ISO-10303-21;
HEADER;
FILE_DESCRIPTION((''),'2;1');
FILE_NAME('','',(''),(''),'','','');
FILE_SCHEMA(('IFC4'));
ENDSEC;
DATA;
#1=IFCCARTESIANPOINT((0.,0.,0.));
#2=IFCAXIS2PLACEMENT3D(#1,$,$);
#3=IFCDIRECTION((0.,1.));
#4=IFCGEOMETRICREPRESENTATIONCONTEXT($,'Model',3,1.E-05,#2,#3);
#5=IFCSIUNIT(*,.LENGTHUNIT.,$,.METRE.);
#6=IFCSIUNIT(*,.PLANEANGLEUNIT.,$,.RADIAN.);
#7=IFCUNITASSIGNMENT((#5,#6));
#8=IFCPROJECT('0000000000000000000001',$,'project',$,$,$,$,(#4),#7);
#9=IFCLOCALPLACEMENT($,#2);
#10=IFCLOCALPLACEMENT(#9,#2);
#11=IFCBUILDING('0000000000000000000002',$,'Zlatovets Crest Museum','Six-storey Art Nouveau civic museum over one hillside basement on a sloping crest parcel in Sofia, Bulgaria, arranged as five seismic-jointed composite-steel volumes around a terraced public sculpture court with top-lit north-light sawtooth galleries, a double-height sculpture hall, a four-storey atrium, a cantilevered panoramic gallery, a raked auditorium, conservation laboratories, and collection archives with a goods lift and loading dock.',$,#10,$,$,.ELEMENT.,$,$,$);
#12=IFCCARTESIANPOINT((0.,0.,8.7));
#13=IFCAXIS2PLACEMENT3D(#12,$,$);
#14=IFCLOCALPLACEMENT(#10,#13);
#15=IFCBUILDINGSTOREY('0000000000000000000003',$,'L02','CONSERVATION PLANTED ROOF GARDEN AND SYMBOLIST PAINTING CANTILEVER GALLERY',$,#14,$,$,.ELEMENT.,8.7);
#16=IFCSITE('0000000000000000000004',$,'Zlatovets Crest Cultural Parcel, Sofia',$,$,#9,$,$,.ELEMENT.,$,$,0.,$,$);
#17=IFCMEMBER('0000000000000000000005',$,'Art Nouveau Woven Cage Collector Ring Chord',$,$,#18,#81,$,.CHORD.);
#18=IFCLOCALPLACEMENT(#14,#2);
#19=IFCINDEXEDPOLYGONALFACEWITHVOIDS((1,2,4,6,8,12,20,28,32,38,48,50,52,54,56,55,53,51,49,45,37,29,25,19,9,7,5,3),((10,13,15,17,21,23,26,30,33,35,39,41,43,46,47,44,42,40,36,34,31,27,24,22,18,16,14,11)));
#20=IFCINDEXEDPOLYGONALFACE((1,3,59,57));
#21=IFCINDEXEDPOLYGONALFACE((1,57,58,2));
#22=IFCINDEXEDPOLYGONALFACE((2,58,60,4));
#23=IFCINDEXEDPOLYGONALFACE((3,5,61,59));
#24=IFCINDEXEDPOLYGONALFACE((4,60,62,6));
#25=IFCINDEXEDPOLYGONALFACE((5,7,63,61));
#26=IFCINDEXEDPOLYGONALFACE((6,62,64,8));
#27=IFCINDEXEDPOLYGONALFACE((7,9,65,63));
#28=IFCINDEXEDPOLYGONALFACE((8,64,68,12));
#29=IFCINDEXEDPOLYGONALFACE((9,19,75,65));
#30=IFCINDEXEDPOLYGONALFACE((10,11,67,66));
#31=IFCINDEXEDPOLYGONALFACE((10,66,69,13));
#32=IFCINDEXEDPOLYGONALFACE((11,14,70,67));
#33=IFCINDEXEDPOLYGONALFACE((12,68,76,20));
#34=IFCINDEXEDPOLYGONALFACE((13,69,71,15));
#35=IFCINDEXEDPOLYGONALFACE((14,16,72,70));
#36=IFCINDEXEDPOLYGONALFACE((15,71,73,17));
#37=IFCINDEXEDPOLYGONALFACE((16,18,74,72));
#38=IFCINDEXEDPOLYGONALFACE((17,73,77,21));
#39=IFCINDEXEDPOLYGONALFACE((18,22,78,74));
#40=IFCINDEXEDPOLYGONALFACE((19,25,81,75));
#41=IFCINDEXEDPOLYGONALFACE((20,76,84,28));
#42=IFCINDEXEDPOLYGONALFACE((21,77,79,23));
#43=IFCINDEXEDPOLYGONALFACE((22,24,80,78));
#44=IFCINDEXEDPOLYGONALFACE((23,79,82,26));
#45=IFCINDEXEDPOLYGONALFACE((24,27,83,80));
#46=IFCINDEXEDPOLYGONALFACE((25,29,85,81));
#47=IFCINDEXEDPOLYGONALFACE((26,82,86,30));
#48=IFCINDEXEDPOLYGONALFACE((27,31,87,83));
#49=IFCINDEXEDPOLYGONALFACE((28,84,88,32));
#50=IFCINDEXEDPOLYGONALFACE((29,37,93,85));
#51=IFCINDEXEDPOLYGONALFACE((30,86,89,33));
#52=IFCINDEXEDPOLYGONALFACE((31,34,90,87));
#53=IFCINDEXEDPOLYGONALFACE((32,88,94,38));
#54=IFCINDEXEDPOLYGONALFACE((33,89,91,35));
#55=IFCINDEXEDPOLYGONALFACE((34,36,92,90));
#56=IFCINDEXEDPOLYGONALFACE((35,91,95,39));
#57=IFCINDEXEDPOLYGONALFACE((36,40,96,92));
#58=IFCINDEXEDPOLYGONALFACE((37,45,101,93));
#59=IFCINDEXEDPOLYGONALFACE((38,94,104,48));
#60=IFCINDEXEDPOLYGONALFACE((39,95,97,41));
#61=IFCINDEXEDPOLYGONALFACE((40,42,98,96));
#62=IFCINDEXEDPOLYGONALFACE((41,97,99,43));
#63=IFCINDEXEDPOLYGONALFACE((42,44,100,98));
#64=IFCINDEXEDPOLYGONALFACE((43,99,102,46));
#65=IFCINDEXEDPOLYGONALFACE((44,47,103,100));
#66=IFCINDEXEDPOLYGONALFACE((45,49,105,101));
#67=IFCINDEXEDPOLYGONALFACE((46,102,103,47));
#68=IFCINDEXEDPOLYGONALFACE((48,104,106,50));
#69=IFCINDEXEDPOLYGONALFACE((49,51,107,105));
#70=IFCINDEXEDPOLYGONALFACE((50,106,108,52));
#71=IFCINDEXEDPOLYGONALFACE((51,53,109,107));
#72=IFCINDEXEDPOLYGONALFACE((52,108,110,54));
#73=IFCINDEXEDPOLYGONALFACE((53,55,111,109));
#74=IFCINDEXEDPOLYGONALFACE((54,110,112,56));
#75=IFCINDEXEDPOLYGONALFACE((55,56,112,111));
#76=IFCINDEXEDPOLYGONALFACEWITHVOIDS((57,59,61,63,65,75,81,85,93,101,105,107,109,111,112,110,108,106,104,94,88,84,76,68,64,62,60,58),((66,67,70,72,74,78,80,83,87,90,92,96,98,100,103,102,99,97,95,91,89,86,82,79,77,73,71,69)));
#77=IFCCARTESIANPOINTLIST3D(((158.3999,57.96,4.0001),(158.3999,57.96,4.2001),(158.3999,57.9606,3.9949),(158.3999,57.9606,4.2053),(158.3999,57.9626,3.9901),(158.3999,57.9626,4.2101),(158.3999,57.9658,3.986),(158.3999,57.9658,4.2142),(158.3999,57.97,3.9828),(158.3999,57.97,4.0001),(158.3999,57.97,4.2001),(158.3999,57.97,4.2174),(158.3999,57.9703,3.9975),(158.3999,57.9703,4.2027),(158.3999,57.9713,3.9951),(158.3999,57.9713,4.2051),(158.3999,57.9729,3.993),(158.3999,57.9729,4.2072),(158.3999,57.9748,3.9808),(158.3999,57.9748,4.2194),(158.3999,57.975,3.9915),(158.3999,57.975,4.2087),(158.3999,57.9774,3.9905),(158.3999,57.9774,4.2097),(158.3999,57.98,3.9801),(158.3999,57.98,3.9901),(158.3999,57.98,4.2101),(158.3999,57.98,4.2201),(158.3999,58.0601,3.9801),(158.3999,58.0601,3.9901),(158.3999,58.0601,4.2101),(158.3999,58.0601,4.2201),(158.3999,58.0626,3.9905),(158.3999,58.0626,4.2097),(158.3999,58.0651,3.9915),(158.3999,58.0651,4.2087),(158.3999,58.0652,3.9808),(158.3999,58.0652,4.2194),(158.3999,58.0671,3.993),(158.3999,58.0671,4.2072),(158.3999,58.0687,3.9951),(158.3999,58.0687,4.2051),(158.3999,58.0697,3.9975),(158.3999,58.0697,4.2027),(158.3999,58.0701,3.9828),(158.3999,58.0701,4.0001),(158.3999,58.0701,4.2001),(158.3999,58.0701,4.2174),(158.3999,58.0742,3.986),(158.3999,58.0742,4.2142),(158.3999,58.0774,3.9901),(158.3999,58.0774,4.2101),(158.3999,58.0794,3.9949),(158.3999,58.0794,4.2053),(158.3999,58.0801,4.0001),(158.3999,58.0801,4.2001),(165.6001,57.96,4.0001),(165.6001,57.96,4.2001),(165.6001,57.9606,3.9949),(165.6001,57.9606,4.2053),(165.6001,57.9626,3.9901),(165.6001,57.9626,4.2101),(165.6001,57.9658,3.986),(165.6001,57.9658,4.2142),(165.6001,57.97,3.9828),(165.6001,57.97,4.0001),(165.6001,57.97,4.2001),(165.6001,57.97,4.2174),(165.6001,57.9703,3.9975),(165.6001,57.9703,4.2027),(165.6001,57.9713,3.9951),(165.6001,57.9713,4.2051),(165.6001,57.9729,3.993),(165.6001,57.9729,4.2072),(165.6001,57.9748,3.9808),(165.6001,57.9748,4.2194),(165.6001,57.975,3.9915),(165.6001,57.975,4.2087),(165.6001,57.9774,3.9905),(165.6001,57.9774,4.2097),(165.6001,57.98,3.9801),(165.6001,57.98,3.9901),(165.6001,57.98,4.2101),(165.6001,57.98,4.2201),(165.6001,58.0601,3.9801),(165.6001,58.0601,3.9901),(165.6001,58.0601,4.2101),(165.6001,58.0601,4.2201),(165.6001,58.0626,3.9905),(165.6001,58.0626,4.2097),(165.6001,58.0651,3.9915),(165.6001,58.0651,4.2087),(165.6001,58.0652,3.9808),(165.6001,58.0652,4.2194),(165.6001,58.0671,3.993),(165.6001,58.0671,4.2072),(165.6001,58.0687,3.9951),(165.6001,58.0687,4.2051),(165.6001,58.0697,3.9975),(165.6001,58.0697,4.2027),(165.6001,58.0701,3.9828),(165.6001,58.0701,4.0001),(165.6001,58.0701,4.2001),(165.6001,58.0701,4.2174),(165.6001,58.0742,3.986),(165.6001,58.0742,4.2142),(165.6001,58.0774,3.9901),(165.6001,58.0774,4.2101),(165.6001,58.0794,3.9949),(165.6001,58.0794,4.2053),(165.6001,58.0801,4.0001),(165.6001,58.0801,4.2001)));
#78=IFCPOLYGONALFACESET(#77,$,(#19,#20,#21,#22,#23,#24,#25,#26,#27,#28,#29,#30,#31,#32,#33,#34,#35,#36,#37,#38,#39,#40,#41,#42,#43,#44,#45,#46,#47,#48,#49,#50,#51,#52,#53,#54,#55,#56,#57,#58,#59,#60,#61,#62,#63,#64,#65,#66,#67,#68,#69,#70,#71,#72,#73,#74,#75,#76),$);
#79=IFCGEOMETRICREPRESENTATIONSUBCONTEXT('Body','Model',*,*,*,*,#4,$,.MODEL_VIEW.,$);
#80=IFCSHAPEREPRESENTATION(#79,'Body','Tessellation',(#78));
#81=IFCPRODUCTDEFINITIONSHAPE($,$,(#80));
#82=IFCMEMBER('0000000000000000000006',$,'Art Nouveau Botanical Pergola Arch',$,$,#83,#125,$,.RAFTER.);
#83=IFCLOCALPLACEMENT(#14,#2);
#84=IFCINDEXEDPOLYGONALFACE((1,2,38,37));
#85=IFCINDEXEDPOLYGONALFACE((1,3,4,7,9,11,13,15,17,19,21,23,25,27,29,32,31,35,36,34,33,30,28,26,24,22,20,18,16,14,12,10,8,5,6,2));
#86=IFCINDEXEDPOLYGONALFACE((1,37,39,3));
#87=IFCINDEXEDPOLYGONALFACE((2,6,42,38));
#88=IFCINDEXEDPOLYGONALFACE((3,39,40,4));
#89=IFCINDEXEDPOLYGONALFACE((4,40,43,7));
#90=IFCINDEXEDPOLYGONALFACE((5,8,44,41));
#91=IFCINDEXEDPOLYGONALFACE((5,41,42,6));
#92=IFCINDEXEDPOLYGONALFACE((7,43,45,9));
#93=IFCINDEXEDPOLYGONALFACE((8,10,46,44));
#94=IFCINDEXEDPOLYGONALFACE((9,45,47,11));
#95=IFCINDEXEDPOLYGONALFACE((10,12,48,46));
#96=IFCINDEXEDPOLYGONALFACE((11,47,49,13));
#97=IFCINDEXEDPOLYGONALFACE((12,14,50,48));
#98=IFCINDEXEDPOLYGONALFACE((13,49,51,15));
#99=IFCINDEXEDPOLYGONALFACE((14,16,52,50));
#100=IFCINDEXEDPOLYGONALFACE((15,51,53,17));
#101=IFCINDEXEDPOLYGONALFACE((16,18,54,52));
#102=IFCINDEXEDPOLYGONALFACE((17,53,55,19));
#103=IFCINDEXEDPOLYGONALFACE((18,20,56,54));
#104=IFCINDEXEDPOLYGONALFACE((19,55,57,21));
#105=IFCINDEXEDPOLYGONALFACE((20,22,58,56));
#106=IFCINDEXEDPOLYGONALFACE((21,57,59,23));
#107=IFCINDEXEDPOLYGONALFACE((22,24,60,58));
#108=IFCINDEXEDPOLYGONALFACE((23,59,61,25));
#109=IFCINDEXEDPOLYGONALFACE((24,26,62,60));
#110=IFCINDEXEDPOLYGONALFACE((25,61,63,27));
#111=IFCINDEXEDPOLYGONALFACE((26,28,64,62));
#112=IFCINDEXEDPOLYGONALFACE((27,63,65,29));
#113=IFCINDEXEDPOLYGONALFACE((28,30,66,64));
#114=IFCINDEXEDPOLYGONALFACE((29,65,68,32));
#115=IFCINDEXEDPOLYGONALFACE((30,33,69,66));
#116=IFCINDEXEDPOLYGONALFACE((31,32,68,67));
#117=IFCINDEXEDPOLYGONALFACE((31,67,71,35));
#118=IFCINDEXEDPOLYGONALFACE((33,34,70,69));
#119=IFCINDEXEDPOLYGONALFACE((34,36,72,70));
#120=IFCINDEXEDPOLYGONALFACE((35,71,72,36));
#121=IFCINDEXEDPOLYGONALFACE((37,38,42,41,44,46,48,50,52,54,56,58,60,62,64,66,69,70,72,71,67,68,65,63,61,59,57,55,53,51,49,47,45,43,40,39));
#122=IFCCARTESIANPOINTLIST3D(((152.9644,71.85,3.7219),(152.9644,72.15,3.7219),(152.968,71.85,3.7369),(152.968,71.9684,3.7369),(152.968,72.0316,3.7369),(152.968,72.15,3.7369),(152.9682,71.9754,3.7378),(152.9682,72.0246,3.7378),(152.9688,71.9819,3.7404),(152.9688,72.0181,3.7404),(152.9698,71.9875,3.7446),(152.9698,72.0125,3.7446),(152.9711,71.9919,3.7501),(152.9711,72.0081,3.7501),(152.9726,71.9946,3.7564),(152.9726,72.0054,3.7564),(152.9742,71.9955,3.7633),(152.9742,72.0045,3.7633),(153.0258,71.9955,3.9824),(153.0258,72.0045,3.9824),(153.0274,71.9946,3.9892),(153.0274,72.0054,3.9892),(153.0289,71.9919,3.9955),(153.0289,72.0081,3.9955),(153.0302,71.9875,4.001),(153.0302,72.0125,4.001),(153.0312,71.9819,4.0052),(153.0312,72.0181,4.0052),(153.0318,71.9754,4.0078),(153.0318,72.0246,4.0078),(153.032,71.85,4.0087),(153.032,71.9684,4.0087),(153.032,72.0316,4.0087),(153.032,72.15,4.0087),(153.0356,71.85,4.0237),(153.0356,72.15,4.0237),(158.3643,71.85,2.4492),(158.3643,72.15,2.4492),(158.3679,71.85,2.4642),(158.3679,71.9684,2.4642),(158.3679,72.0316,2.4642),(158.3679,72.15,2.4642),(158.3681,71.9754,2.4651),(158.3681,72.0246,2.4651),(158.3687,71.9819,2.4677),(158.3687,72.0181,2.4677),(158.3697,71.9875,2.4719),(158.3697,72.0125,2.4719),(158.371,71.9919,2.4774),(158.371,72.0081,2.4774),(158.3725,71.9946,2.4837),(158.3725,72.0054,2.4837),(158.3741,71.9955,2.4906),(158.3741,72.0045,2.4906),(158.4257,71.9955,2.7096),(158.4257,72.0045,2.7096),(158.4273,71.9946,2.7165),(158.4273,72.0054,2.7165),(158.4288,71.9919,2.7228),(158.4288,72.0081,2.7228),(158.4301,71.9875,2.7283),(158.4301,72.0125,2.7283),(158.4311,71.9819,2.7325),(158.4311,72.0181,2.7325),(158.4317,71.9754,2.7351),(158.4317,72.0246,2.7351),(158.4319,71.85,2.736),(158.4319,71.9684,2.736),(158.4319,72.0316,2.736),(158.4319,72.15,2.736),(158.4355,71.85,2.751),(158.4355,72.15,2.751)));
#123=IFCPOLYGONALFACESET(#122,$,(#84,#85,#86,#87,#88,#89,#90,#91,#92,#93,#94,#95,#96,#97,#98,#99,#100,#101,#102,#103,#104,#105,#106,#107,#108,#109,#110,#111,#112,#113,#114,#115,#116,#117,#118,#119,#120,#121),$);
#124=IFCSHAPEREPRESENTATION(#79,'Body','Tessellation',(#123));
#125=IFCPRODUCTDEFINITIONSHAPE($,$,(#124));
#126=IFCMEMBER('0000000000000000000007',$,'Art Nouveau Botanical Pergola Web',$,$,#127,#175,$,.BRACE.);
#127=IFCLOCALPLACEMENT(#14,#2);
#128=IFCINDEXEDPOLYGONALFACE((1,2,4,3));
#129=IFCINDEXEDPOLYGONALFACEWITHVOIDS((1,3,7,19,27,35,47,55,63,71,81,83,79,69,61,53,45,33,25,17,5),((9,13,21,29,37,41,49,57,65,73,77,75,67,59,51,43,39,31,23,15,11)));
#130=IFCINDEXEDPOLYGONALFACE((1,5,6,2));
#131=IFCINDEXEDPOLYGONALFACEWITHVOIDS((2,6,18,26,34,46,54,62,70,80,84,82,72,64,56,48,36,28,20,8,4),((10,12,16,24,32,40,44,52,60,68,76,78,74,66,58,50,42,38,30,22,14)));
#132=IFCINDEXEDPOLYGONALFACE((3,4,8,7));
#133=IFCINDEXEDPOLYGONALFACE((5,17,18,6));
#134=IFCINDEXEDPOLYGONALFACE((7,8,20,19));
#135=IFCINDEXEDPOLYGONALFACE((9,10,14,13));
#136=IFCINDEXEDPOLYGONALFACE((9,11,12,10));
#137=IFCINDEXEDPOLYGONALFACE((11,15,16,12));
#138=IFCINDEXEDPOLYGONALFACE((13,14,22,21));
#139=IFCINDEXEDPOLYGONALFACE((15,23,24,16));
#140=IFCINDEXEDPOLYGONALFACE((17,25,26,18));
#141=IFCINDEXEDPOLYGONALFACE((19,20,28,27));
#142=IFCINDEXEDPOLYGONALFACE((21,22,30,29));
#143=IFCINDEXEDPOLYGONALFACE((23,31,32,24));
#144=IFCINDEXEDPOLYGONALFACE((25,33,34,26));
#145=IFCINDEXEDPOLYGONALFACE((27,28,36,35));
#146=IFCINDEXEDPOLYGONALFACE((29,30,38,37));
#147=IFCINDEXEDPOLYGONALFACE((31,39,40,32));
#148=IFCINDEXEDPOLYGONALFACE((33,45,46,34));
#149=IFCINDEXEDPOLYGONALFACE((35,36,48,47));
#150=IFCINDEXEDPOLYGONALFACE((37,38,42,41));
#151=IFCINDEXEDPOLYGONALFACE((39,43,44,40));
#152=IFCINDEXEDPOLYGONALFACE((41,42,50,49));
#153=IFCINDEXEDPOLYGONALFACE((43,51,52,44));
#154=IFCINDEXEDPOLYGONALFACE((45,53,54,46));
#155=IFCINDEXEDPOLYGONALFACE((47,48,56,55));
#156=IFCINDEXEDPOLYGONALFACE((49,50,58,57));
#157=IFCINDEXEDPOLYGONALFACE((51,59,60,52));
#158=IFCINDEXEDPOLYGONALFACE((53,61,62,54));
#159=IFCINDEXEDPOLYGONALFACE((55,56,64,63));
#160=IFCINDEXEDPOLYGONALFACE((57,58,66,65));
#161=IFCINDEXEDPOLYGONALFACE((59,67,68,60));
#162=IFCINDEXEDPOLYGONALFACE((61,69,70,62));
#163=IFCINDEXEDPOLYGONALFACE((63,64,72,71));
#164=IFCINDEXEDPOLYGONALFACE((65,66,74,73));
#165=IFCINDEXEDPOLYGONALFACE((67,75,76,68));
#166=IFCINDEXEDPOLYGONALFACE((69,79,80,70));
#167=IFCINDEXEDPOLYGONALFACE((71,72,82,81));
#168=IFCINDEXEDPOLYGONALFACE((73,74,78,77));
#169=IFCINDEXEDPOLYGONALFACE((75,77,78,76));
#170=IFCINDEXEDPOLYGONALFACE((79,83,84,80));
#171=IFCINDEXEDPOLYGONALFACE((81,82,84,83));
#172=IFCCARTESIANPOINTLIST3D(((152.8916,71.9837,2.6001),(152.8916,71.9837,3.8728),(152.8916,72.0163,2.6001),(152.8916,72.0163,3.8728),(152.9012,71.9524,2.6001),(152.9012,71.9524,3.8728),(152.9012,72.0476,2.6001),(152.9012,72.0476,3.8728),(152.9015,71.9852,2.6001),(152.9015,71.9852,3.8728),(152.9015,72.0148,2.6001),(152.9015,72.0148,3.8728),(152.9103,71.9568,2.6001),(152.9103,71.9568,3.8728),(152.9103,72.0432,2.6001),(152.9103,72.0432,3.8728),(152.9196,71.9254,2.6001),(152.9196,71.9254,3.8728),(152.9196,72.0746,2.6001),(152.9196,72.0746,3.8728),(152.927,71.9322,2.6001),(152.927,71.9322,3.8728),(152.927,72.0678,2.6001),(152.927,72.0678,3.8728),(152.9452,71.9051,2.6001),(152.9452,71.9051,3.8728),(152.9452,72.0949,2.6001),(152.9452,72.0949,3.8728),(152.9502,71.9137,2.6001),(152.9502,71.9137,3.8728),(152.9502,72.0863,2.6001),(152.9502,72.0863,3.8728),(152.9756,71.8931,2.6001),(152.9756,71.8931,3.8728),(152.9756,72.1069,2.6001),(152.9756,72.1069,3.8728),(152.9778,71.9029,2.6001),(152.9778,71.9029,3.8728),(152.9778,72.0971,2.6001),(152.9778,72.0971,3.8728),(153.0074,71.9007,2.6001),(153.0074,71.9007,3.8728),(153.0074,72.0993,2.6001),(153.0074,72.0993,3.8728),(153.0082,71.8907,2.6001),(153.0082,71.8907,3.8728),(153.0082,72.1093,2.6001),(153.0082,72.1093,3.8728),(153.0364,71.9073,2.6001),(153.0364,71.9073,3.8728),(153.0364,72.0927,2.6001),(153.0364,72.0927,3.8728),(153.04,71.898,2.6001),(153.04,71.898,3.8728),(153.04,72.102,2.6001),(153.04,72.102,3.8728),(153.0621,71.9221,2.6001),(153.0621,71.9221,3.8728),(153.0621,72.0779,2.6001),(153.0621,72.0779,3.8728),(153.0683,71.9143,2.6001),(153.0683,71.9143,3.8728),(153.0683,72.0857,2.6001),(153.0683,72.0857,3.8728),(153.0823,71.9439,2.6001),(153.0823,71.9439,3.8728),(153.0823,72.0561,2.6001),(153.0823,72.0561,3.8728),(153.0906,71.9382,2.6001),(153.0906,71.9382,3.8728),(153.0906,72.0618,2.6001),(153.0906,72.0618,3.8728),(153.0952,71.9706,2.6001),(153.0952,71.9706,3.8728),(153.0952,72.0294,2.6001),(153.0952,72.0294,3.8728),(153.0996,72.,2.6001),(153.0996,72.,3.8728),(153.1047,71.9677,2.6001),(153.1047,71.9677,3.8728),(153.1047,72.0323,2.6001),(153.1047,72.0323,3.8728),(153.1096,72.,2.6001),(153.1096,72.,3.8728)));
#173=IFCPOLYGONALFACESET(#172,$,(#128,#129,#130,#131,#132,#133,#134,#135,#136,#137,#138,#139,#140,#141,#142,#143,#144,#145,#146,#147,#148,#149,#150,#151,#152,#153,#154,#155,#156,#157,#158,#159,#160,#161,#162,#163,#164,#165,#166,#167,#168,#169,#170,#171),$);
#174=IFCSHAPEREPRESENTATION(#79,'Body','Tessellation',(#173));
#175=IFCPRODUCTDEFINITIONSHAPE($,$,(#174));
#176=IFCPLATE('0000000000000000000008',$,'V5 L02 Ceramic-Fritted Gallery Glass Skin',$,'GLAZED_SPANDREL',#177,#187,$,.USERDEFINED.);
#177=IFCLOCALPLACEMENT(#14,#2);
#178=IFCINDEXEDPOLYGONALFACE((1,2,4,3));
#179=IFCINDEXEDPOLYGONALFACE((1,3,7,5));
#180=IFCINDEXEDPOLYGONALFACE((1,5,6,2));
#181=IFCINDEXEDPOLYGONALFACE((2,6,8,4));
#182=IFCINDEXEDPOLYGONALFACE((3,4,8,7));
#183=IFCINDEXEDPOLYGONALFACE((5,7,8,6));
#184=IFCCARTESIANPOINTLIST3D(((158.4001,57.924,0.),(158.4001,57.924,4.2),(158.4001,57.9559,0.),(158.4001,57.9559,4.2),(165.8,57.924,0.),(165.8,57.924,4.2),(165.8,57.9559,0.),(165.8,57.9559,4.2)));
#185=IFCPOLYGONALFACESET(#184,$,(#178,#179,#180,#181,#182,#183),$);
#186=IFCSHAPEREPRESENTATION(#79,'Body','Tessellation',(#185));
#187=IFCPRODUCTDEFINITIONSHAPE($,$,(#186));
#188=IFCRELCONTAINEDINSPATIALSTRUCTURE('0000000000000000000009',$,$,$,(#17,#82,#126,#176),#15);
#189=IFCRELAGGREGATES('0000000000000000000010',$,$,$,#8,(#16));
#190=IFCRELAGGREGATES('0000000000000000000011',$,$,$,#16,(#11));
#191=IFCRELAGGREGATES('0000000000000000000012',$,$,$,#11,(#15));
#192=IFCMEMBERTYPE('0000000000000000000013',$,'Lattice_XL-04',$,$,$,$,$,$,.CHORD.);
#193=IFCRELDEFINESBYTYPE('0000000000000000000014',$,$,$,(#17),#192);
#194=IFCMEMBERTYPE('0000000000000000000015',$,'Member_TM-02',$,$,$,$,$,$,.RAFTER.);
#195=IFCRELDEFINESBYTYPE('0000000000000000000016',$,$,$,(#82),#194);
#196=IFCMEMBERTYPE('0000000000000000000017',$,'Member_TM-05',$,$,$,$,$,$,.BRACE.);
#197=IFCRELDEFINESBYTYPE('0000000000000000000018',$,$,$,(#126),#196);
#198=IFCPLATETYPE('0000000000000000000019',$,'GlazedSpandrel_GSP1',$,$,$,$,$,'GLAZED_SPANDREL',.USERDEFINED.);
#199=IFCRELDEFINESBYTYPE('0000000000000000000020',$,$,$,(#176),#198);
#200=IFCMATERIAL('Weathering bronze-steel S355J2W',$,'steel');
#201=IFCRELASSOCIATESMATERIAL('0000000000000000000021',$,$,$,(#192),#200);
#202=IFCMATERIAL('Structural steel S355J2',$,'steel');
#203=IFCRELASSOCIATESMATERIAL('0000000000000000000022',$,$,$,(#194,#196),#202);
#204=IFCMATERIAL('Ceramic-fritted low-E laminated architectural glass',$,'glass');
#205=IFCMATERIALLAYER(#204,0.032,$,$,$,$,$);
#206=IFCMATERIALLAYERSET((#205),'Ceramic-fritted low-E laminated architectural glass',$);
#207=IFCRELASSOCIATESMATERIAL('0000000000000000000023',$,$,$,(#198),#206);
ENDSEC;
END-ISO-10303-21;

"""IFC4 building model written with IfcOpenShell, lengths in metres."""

from ifc_helpers import new_model, si_unit, direction, frame, origin, origin_2d, place, context, subcontext, project, spatial, rectangle, hollow_rectangle, hollow_circle, i_section, extrude, material, layer, layer_set, material_profile, profile_set, type_object, element, save


model = new_model("IFC4")

# Units and contexts
model_context = context("Model", 3, precision=1e-05, world=origin(), true_north=direction((0.0, 1.0)))
body_context = subcontext(model_context, "Body", "Model", "MODEL_VIEW")
ifc_project = project(units=[si_unit("LENGTHUNIT", "METRE"), si_unit("PLANEANGLEUNIT", "RADIAN")], contexts=[model_context])

# Site, building, storey
site_placement = place(None, origin())
site = spatial("IfcSite", under=ifc_project, at=site_placement, Name="Zlatovets Crest Cultural Parcel, Sofia", CompositionType="ELEMENT", RefElevation=0.0)
building_placement = place(site_placement, origin())
building = spatial("IfcBuilding", under=site, at=building_placement, Name="Zlatovets Crest Museum", Description="Six-storey Art Nouveau civic museum over one hillside basement on a sloping crest parcel in Sofia, Bulgaria, arranged as five seismic-jointed composite-steel volumes around a terraced public sculpture court with top-lit north-light sawtooth galleries, a double-height sculpture hall, a four-storey atrium, a cantilevered panoramic gallery, a raked auditorium, conservation laboratories, and collection archives with a goods lift and loading dock.", CompositionType="ELEMENT")
storey_placement = place(building_placement, frame((0.0, 0.0, 8.7)))
storey = spatial("IfcBuildingStorey", under=building, at=storey_placement, Name="L02", Description="CONSERVATION PLANTED ROOF GARDEN AND SYMBOLIST PAINTING CANTILEVER GALLERY", CompositionType="ELEMENT", Elevation=8.7)

# Shared definitions
ifc_material_1 = material(Name="Structural steel S355J2", Category="steel")

# Members
ifc_material_2 = material(Name="Weathering bronze-steel S355J2W", Category="steel")
ifc_material_profile_1 = material_profile(ifc_material_2, hollow_rectangle(XDim=0.1201, YDim=0.24, WallThickness=0.01, InnerFilletRadius=0.01, OuterFilletRadius=0.02, at=origin_2d()), Name="RHS 120x240x10.0")
ifc_profile_set_1 = profile_set([ifc_material_profile_1], Name="Weathering bronze-steel S355J2W")
member_type_1 = type_object("IfcMemberType", Name="Lattice_XL-04", PredefinedType="CHORD", material=ifc_profile_set_1)
member_1_placement = place(storey_placement, frame((165.6001, 58.02, 4.1001), z_axis=(-1.0, 0.0, 0.0), x_axis=(0.0, -1.0, 0.0)))
element("IfcMember", 1, at=member_1_placement, inside=storey, type_object=member_type_1, Name="Art Nouveau Woven Cage Collector Ring Chord", PredefinedType="CHORD", context=body_context, shape_type="SweptSolid", body=[
    extrude(hollow_rectangle(XDim=0.1201, YDim=0.24, WallThickness=0.01, InnerFilletRadius=0.01, OuterFilletRadius=0.02, at=origin_2d()), origin(), (0.0, 0.0, 1.0), 7.2002),
])
ifc_material_profile_2 = material_profile(ifc_material_1, i_section(OverallWidth=0.3, OverallDepth=0.3101, WebThickness=0.009, FlangeThickness=0.0154, FilletRadius=0.0271, at=origin_2d()), Name="HEA 320")
ifc_profile_set_2 = profile_set([ifc_material_profile_2], Name="Structural steel S355J2")
member_type_2 = type_object("IfcMemberType", Name="Member_TM-02", PredefinedType="RAFTER", material=ifc_profile_set_2)
member_2_placement = place(storey_placement, frame((153.0, 72.0, 3.8728), z_axis=(0.973331, 0.0, -0.229405), x_axis=(0.0, 1.0, 0.0)))
element("IfcMember", 2, at=member_2_placement, inside=storey, type_object=member_type_2, Name="Art Nouveau Botanical Pergola Arch", PredefinedType="RAFTER", context=body_context, shape_type="SweptSolid", body=[
    extrude(i_section(OverallWidth=0.3, OverallDepth=0.3101, WebThickness=0.009, FlangeThickness=0.0154, FilletRadius=0.0271, at=origin_2d()), origin(), (0.0, 0.0, 1.0), 5.5479),
])
ifc_material_profile_3 = material_profile(ifc_material_1, hollow_circle(Radius=0.1096, WallThickness=0.01, at=origin_2d()), Name="CHS 219.1x10.0")
ifc_profile_set_3 = profile_set([ifc_material_profile_3], Name="Structural steel S355J2")
member_type_3 = type_object("IfcMemberType", Name="Member_TM-05", PredefinedType="BRACE", material=ifc_profile_set_3)
member_3_placement = place(storey_placement, frame((153.0, 72.0, 2.6001), z_axis=(0.0, 0.0, 1.0), x_axis=(1.0, 0.0, 0.0)))
element("IfcMember", 3, at=member_3_placement, inside=storey, type_object=member_type_3, Name="Art Nouveau Botanical Pergola Web", PredefinedType="BRACE", context=body_context, shape_type="SweptSolid", body=[
    extrude(hollow_circle(Radius=0.1096, WallThickness=0.01, at=origin_2d()), origin(), (0.0, 0.0, 1.0), 1.2727),
])

# Plate
ifc_material_3 = material(Name="Ceramic-fritted low-E laminated architectural glass", Category="glass")
ifc_layer_1 = layer(ifc_material_3, 0.032)
ifc_layer_set_1 = layer_set([ifc_layer_1], Name="Ceramic-fritted low-E laminated architectural glass")
plate_type_1 = type_object("IfcPlateType", Name="GlazedSpandrel_GSP1", ElementType="GLAZED_SPANDREL", PredefinedType="USERDEFINED", material=ifc_layer_set_1)
plate_placement = place(storey_placement, frame((162.1001, 57.9399, 0.0), z_axis=(0.0, 0.0, 1.0), x_axis=(1.0, 0.0, 0.0)))
element("IfcPlate", 4, at=plate_placement, inside=storey, type_object=plate_type_1, Name="V5 L02 Ceramic-Fritted Gallery Glass Skin", ObjectType="GLAZED_SPANDREL", PredefinedType="USERDEFINED", context=body_context, shape_type="SweptSolid", body=[
    extrude(rectangle(XDim=7.3999, YDim=0.032, at=origin_2d()), origin(), (0.0, 0.0, 1.0), 4.2),
])

save(model, "model.ifc")
